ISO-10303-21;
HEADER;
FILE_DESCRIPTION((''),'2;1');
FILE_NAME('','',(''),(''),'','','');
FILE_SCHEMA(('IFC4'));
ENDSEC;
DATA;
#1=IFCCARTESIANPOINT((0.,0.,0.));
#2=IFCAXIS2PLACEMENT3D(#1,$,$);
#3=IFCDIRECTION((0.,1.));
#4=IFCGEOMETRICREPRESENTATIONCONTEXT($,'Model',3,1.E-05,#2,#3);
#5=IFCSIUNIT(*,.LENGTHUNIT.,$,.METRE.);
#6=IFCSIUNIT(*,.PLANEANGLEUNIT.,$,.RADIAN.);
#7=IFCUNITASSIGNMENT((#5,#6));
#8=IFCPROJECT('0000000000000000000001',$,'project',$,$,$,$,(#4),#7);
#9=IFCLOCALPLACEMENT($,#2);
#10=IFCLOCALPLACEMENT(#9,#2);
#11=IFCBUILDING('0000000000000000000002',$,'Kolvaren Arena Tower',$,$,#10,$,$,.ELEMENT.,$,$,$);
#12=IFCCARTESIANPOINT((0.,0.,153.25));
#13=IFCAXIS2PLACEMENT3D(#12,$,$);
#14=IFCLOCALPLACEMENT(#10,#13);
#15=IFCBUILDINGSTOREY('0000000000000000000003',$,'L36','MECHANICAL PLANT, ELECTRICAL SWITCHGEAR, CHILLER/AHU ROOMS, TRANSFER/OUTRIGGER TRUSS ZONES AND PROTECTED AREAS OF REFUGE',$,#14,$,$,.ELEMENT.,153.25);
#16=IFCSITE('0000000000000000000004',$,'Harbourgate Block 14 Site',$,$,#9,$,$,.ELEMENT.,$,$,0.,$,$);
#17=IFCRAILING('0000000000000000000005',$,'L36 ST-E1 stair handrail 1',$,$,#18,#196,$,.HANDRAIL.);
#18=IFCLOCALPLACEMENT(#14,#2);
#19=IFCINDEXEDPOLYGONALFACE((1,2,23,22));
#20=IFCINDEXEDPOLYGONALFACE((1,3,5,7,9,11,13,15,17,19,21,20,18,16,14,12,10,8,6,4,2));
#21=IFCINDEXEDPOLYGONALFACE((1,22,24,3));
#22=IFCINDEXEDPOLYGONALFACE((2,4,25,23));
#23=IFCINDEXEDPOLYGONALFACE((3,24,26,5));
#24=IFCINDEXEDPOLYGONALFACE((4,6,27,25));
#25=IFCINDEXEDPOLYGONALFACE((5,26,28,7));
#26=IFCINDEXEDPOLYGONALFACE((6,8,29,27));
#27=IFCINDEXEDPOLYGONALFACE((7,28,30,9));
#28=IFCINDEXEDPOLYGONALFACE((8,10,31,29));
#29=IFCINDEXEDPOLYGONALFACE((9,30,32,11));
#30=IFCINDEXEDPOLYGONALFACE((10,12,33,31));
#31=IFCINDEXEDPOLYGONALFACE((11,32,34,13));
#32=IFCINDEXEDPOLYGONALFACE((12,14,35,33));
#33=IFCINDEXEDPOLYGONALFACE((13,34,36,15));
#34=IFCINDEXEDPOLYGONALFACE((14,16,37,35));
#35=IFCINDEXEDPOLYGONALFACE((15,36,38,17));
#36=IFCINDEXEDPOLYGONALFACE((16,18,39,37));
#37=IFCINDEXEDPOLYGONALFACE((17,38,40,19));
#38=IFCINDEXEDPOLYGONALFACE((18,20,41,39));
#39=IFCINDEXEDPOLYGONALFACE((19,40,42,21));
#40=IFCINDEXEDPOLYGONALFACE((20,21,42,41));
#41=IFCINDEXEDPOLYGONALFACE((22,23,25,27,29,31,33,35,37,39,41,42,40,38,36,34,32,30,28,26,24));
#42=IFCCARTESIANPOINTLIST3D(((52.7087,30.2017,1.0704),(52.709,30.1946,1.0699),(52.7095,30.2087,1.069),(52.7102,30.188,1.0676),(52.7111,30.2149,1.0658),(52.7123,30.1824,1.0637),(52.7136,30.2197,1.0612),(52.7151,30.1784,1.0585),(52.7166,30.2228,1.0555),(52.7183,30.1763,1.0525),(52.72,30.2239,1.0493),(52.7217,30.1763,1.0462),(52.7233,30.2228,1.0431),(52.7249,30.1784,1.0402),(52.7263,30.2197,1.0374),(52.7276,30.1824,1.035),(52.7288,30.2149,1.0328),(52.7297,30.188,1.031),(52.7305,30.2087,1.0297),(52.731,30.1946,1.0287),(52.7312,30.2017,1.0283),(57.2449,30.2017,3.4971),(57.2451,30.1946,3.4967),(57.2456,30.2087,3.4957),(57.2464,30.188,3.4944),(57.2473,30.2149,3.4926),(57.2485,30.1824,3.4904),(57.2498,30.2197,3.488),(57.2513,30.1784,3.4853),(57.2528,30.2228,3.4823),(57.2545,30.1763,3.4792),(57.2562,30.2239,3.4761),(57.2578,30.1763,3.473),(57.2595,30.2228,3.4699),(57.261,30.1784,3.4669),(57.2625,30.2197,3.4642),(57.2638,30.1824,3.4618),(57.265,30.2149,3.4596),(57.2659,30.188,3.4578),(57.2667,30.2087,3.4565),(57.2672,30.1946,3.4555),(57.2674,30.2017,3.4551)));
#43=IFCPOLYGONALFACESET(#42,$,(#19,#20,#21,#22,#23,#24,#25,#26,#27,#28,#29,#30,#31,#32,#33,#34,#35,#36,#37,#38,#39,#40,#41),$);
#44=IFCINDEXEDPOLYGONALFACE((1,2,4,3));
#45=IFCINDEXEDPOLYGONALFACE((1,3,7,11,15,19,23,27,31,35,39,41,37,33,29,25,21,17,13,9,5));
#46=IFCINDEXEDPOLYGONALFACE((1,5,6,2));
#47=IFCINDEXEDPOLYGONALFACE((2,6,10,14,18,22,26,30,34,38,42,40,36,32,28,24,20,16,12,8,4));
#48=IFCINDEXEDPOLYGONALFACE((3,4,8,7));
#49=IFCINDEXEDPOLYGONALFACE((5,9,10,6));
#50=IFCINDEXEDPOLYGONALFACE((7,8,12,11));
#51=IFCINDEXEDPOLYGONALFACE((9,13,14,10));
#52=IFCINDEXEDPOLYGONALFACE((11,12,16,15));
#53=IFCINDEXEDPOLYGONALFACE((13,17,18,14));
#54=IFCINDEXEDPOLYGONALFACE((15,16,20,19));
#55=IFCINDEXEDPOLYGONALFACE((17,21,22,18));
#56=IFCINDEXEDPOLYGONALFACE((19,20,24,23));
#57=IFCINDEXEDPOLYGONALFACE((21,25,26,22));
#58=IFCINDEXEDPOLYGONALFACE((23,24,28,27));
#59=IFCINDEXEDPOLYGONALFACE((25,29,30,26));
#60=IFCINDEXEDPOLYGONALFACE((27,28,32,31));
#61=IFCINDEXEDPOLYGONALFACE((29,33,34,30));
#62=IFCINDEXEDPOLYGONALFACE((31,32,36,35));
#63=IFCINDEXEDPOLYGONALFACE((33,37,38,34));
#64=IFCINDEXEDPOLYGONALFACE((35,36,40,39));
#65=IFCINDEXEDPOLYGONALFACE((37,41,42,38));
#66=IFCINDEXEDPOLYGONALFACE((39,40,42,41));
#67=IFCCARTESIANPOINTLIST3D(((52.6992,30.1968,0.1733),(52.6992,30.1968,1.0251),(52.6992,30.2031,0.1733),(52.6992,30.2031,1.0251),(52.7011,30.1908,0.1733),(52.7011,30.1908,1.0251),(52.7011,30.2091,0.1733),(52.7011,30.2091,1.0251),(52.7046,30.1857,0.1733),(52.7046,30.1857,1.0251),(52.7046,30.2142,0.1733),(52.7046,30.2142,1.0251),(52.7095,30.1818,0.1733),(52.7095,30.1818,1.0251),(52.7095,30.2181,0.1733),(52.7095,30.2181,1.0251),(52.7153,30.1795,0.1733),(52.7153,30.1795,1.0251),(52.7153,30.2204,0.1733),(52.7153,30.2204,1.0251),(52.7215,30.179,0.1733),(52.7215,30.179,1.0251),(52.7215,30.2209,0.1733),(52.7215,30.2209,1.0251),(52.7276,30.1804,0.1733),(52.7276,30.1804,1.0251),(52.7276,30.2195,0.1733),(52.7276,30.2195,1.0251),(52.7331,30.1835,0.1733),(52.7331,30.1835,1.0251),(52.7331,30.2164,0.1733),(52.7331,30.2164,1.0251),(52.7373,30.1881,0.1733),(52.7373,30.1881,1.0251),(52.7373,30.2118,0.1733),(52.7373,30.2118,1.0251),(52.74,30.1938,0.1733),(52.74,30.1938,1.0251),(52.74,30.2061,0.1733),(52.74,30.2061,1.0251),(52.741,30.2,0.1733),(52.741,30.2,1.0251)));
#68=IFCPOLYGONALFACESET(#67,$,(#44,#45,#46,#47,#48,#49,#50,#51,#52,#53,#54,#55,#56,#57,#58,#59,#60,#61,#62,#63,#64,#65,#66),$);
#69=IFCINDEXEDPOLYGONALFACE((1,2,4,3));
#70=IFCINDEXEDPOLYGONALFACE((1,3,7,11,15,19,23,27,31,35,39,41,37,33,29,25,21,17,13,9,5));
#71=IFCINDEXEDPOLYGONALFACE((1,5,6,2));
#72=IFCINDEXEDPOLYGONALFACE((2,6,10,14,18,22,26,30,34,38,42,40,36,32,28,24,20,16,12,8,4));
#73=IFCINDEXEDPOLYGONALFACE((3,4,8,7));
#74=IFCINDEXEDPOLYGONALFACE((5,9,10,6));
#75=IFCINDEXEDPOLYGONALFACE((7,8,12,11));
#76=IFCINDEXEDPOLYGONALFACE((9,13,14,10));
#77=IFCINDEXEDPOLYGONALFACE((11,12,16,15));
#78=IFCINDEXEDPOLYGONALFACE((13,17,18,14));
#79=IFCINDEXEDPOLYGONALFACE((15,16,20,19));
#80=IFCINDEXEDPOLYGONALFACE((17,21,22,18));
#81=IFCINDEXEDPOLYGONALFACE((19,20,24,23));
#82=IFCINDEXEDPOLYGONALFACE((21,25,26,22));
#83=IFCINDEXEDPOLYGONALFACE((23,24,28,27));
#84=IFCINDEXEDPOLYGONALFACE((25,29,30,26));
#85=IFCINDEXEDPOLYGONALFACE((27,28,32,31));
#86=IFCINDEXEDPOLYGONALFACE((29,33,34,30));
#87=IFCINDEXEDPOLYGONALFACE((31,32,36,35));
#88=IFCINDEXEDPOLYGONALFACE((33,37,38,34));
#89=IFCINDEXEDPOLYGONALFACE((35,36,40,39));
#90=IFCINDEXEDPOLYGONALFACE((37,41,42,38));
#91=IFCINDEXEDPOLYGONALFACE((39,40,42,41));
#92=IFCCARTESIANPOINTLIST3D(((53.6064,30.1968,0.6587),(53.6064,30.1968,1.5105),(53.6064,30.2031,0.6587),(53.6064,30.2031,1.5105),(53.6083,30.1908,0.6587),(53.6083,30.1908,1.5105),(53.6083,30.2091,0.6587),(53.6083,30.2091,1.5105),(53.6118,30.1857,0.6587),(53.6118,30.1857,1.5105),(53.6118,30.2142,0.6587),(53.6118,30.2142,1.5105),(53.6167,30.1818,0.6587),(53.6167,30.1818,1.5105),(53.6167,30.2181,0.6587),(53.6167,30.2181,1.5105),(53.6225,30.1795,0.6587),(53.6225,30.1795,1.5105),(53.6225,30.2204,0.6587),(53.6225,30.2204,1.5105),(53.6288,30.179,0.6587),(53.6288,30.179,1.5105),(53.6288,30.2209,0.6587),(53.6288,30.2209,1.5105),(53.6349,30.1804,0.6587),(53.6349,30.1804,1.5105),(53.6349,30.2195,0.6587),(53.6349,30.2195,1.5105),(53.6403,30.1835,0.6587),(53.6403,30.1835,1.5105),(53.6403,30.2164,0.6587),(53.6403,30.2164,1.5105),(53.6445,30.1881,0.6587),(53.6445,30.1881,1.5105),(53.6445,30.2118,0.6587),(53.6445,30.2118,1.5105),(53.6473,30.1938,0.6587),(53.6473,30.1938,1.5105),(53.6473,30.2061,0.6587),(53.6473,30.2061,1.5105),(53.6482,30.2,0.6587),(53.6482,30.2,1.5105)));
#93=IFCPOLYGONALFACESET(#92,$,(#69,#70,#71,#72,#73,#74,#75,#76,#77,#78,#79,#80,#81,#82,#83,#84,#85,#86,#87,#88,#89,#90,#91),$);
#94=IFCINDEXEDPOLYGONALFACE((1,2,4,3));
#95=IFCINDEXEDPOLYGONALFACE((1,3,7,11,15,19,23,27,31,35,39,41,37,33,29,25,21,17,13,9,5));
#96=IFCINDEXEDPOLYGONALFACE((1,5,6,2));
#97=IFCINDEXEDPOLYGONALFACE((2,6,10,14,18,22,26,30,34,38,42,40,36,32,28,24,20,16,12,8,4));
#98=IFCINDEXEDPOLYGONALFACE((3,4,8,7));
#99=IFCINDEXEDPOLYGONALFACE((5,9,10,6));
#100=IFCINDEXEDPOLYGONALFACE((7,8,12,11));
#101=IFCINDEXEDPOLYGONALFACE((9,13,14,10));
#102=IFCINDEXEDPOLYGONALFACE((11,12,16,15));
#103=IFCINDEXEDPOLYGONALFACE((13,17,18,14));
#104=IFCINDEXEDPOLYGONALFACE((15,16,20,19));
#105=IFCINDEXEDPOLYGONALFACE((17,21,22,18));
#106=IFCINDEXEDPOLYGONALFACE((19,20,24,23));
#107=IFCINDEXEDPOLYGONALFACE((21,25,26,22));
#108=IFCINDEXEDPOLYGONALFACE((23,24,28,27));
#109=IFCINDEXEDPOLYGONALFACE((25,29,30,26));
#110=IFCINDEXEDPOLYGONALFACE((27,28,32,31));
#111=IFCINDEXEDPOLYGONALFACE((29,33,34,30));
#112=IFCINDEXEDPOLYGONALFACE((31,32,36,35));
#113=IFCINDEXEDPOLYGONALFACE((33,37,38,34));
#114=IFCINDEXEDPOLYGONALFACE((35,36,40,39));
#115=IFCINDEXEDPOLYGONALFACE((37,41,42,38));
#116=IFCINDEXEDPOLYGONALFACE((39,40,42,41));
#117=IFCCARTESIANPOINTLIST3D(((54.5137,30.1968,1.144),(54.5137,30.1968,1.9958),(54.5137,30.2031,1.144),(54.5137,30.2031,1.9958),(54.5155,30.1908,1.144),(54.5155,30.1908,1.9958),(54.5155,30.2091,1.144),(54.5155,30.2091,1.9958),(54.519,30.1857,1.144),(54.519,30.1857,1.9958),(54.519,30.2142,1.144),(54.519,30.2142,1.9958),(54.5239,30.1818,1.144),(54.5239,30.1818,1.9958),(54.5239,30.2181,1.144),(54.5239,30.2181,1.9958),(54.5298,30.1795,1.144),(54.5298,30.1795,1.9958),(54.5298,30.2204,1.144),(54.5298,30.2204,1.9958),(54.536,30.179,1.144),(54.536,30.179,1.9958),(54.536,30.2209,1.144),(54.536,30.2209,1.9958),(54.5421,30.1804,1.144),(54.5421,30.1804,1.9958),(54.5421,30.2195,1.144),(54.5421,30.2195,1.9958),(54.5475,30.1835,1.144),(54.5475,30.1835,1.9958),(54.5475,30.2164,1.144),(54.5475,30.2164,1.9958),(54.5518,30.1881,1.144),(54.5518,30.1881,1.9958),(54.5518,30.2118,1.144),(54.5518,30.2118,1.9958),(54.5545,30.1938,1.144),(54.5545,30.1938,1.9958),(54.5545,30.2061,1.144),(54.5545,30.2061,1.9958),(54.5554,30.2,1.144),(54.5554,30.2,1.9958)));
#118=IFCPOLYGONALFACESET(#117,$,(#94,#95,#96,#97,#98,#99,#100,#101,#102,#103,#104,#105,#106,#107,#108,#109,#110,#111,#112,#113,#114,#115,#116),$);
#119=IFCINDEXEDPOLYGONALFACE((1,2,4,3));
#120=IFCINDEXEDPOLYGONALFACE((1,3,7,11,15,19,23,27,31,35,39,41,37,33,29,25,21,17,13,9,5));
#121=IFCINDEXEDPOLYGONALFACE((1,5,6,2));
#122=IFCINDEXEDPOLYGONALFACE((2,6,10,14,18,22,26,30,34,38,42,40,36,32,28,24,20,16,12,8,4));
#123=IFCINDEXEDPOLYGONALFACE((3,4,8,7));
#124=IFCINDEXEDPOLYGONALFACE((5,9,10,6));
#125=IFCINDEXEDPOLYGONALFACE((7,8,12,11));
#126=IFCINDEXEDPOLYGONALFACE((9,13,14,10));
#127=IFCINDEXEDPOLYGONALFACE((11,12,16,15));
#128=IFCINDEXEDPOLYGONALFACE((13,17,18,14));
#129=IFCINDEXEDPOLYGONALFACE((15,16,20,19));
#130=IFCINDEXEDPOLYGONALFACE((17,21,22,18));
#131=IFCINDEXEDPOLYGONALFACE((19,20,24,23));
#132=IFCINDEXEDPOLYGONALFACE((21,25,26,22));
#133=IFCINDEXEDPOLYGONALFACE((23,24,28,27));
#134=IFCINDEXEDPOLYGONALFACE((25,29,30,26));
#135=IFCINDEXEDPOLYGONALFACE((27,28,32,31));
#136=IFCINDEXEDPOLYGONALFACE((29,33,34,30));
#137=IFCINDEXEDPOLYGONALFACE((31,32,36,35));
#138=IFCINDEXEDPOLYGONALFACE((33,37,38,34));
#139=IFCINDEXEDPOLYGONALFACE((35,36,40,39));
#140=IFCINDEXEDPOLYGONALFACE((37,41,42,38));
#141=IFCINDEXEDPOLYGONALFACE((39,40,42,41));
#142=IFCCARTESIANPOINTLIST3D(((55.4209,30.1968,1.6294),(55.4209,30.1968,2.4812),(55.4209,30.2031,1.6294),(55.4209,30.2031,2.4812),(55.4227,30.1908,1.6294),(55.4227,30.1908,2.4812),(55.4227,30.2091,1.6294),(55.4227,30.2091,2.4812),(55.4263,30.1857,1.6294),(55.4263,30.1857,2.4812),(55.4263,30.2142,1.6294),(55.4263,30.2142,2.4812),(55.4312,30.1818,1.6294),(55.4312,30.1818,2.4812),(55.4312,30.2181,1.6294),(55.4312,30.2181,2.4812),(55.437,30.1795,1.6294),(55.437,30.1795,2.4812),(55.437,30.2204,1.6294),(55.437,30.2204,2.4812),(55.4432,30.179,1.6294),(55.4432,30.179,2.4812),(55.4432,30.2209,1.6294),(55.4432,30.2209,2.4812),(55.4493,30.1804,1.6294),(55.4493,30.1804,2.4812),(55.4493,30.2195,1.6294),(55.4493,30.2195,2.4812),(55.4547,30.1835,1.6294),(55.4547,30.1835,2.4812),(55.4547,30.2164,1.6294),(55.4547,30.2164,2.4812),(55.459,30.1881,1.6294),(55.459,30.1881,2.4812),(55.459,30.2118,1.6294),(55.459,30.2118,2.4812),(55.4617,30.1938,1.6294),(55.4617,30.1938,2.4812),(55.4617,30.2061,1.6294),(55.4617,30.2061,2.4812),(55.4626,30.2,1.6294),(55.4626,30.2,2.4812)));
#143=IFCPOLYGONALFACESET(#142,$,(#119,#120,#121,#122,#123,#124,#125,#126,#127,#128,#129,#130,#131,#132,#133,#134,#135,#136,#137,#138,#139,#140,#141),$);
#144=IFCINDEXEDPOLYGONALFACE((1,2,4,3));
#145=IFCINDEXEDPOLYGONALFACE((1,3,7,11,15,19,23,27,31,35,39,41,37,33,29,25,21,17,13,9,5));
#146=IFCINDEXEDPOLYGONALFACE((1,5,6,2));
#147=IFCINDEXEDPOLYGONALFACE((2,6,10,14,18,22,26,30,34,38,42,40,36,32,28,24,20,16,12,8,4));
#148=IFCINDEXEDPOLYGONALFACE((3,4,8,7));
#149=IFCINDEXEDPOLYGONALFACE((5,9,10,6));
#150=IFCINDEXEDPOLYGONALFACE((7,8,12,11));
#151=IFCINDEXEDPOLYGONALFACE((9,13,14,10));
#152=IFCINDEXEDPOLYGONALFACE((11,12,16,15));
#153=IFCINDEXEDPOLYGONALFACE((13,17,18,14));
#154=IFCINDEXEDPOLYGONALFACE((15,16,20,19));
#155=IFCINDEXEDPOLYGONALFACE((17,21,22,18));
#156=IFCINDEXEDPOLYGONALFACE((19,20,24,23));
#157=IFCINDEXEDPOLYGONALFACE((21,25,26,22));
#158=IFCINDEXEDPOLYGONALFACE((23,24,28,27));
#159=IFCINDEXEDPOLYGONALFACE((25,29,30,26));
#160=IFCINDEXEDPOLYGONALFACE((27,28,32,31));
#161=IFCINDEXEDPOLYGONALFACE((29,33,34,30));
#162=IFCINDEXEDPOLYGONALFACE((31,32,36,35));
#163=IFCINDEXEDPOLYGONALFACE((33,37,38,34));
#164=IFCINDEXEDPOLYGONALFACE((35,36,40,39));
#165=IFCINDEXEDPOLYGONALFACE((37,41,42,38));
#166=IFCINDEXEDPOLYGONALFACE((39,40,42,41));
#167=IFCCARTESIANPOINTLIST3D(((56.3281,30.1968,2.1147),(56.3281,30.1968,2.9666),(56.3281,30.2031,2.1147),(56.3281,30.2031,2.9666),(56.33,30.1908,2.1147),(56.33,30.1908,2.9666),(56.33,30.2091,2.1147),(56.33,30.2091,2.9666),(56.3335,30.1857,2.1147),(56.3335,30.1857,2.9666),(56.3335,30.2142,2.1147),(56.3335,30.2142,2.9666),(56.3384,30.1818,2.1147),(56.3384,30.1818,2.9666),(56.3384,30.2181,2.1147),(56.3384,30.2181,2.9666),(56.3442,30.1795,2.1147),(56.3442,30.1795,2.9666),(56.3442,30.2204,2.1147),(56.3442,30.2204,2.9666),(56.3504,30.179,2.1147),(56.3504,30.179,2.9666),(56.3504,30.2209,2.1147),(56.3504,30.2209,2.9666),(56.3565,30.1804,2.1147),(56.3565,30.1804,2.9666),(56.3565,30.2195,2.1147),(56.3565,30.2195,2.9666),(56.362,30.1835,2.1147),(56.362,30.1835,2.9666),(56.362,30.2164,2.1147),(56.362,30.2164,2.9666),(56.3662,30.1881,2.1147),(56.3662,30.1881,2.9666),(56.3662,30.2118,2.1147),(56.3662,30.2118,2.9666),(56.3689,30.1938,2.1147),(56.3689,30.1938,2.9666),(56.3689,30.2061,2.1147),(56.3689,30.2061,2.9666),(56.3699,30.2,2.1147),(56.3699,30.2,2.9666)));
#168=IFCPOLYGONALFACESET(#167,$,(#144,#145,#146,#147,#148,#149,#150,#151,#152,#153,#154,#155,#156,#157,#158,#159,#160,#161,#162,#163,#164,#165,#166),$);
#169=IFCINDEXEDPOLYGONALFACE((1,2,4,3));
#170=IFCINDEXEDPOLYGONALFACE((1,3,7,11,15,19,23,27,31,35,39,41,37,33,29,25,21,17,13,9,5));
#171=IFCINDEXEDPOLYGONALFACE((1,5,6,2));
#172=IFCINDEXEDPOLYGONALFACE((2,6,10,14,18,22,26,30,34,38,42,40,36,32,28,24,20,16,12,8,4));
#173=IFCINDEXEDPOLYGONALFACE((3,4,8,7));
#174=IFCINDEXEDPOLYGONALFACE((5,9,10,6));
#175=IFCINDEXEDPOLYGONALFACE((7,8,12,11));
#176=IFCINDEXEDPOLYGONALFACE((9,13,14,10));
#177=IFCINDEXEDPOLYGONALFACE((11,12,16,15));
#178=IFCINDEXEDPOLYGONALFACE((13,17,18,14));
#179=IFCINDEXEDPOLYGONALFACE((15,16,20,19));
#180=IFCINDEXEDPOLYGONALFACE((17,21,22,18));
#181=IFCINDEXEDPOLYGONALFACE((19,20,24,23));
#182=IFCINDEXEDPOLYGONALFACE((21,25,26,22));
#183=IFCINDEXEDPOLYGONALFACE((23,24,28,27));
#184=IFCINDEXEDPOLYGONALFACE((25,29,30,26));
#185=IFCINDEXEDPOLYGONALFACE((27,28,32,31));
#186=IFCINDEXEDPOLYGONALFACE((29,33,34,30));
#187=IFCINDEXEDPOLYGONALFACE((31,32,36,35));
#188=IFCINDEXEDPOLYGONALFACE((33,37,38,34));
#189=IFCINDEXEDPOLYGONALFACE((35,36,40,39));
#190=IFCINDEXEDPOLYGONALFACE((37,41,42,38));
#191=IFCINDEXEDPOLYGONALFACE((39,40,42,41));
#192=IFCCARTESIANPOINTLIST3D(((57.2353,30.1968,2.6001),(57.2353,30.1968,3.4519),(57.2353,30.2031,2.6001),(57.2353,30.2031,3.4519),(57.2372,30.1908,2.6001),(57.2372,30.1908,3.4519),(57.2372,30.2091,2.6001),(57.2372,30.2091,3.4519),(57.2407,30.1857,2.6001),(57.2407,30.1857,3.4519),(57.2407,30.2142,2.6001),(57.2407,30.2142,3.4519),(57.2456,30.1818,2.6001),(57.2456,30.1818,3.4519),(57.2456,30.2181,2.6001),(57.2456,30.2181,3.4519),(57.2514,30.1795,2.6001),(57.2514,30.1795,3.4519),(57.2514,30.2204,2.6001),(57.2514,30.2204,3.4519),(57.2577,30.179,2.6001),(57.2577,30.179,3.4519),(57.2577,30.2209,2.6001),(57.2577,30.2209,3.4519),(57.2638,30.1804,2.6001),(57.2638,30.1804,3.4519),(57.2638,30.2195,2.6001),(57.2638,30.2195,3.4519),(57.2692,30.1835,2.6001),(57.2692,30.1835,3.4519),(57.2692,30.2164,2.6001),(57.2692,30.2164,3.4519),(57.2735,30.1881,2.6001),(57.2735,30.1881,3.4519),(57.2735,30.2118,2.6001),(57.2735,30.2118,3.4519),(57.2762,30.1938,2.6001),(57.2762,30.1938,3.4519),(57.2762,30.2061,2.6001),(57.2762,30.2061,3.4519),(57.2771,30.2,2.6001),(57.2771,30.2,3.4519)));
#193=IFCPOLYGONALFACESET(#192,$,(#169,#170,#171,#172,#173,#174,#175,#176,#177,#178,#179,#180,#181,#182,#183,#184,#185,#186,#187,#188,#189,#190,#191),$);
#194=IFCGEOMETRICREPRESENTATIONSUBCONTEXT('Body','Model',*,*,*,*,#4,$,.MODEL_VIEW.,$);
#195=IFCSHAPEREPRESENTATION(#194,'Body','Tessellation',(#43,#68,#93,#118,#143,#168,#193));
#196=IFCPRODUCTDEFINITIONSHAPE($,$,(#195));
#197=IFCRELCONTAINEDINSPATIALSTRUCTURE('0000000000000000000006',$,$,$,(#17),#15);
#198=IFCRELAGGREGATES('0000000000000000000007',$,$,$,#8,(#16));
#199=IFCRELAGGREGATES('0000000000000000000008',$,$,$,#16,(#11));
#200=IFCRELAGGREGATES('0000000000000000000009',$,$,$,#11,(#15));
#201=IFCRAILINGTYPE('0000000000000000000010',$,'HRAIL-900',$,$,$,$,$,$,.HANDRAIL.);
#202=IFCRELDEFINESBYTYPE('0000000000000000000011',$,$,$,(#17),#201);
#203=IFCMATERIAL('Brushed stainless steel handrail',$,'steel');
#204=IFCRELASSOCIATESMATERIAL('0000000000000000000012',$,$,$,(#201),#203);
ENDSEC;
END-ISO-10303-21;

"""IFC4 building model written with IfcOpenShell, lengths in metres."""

from ifc_helpers import new_model, si_unit, direction, frame, origin, origin_2d, place, context, subcontext, project, spatial, circle, extrude, material, type_object, element, save


model = new_model("IFC4")

# Units and contexts
model_context = context("Model", 3, precision=1e-05, world=origin(), true_north=direction((0.0, 1.0)))
body_context = subcontext(model_context, "Body", "Model", "MODEL_VIEW")
ifc_project = project(units=[si_unit("LENGTHUNIT", "METRE"), si_unit("PLANEANGLEUNIT", "RADIAN")], contexts=[model_context])

# Site, building, storey
site_placement = place(None, origin())
site = spatial("IfcSite", under=ifc_project, at=site_placement, Name="Harbourgate Block 14 Site", CompositionType="ELEMENT", RefElevation=0.0)
building_placement = place(site_placement, origin())
building = spatial("IfcBuilding", under=site, at=building_placement, Name="Kolvaren Arena Tower", CompositionType="ELEMENT")
storey_placement = place(building_placement, frame((0.0, 0.0, 153.25)))
storey = spatial("IfcBuildingStorey", under=building, at=storey_placement, Name="L36", Description="MECHANICAL PLANT, ELECTRICAL SWITCHGEAR, CHILLER/AHU ROOMS, TRANSFER/OUTRIGGER TRUSS ZONES AND PROTECTED AREAS OF REFUGE", CompositionType="ELEMENT", Elevation=153.25)

# Railing
ifc_material_1 = material(Name="Brushed stainless steel handrail", Category="steel")
railing_type_1 = type_object("IfcRailingType", Name="HRAIL-900", PredefinedType="HANDRAIL", material=ifc_material_1)
for number, where, name in (
    (1, (52.72, 30.2, 0.1733), "L36 ST-E1 stair handrail 1"),
):
    element("IfcRailing", number, at=place(storey_placement, frame(where)), inside=storey, type_object=railing_type_1, Name=name, PredefinedType="HANDRAIL", context=body_context, shape_type="SweptSolid", body=[
        extrude(circle(Radius=0.0239, at=origin_2d()), frame((0.0, 0.0, 0.876), z_axis=(0.881748, 0.0, 0.471721), x_axis=(0.0, 1.0, 0.0)), (0.0, 0.0, 1.0), 5.1445),
        extrude(circle(Radius=0.021, at=origin_2d()), origin(), (0.0, 0.0, 1.0), 0.8518),
        extrude(circle(Radius=0.021, at=origin_2d()), frame((0.9072, 0.0, 0.4854)), (0.0, 0.0, 1.0), 0.8518),
        extrude(circle(Radius=0.021, at=origin_2d()), frame((1.8145, 0.0, 0.9707)), (0.0, 0.0, 1.0), 0.8518),
        extrude(circle(Radius=0.021, at=origin_2d()), frame((2.7217, 0.0, 1.4561)), (0.0, 0.0, 1.0), 0.8518),
        extrude(circle(Radius=0.021, at=origin_2d()), frame((3.6289, 0.0, 1.9414)), (0.0, 0.0, 1.0), 0.8518),
        extrude(circle(Radius=0.021, at=origin_2d()), frame((4.5361, 0.0, 2.4268)), (0.0, 0.0, 1.0), 0.8518),
    ])

save(model, "model.ifc")
